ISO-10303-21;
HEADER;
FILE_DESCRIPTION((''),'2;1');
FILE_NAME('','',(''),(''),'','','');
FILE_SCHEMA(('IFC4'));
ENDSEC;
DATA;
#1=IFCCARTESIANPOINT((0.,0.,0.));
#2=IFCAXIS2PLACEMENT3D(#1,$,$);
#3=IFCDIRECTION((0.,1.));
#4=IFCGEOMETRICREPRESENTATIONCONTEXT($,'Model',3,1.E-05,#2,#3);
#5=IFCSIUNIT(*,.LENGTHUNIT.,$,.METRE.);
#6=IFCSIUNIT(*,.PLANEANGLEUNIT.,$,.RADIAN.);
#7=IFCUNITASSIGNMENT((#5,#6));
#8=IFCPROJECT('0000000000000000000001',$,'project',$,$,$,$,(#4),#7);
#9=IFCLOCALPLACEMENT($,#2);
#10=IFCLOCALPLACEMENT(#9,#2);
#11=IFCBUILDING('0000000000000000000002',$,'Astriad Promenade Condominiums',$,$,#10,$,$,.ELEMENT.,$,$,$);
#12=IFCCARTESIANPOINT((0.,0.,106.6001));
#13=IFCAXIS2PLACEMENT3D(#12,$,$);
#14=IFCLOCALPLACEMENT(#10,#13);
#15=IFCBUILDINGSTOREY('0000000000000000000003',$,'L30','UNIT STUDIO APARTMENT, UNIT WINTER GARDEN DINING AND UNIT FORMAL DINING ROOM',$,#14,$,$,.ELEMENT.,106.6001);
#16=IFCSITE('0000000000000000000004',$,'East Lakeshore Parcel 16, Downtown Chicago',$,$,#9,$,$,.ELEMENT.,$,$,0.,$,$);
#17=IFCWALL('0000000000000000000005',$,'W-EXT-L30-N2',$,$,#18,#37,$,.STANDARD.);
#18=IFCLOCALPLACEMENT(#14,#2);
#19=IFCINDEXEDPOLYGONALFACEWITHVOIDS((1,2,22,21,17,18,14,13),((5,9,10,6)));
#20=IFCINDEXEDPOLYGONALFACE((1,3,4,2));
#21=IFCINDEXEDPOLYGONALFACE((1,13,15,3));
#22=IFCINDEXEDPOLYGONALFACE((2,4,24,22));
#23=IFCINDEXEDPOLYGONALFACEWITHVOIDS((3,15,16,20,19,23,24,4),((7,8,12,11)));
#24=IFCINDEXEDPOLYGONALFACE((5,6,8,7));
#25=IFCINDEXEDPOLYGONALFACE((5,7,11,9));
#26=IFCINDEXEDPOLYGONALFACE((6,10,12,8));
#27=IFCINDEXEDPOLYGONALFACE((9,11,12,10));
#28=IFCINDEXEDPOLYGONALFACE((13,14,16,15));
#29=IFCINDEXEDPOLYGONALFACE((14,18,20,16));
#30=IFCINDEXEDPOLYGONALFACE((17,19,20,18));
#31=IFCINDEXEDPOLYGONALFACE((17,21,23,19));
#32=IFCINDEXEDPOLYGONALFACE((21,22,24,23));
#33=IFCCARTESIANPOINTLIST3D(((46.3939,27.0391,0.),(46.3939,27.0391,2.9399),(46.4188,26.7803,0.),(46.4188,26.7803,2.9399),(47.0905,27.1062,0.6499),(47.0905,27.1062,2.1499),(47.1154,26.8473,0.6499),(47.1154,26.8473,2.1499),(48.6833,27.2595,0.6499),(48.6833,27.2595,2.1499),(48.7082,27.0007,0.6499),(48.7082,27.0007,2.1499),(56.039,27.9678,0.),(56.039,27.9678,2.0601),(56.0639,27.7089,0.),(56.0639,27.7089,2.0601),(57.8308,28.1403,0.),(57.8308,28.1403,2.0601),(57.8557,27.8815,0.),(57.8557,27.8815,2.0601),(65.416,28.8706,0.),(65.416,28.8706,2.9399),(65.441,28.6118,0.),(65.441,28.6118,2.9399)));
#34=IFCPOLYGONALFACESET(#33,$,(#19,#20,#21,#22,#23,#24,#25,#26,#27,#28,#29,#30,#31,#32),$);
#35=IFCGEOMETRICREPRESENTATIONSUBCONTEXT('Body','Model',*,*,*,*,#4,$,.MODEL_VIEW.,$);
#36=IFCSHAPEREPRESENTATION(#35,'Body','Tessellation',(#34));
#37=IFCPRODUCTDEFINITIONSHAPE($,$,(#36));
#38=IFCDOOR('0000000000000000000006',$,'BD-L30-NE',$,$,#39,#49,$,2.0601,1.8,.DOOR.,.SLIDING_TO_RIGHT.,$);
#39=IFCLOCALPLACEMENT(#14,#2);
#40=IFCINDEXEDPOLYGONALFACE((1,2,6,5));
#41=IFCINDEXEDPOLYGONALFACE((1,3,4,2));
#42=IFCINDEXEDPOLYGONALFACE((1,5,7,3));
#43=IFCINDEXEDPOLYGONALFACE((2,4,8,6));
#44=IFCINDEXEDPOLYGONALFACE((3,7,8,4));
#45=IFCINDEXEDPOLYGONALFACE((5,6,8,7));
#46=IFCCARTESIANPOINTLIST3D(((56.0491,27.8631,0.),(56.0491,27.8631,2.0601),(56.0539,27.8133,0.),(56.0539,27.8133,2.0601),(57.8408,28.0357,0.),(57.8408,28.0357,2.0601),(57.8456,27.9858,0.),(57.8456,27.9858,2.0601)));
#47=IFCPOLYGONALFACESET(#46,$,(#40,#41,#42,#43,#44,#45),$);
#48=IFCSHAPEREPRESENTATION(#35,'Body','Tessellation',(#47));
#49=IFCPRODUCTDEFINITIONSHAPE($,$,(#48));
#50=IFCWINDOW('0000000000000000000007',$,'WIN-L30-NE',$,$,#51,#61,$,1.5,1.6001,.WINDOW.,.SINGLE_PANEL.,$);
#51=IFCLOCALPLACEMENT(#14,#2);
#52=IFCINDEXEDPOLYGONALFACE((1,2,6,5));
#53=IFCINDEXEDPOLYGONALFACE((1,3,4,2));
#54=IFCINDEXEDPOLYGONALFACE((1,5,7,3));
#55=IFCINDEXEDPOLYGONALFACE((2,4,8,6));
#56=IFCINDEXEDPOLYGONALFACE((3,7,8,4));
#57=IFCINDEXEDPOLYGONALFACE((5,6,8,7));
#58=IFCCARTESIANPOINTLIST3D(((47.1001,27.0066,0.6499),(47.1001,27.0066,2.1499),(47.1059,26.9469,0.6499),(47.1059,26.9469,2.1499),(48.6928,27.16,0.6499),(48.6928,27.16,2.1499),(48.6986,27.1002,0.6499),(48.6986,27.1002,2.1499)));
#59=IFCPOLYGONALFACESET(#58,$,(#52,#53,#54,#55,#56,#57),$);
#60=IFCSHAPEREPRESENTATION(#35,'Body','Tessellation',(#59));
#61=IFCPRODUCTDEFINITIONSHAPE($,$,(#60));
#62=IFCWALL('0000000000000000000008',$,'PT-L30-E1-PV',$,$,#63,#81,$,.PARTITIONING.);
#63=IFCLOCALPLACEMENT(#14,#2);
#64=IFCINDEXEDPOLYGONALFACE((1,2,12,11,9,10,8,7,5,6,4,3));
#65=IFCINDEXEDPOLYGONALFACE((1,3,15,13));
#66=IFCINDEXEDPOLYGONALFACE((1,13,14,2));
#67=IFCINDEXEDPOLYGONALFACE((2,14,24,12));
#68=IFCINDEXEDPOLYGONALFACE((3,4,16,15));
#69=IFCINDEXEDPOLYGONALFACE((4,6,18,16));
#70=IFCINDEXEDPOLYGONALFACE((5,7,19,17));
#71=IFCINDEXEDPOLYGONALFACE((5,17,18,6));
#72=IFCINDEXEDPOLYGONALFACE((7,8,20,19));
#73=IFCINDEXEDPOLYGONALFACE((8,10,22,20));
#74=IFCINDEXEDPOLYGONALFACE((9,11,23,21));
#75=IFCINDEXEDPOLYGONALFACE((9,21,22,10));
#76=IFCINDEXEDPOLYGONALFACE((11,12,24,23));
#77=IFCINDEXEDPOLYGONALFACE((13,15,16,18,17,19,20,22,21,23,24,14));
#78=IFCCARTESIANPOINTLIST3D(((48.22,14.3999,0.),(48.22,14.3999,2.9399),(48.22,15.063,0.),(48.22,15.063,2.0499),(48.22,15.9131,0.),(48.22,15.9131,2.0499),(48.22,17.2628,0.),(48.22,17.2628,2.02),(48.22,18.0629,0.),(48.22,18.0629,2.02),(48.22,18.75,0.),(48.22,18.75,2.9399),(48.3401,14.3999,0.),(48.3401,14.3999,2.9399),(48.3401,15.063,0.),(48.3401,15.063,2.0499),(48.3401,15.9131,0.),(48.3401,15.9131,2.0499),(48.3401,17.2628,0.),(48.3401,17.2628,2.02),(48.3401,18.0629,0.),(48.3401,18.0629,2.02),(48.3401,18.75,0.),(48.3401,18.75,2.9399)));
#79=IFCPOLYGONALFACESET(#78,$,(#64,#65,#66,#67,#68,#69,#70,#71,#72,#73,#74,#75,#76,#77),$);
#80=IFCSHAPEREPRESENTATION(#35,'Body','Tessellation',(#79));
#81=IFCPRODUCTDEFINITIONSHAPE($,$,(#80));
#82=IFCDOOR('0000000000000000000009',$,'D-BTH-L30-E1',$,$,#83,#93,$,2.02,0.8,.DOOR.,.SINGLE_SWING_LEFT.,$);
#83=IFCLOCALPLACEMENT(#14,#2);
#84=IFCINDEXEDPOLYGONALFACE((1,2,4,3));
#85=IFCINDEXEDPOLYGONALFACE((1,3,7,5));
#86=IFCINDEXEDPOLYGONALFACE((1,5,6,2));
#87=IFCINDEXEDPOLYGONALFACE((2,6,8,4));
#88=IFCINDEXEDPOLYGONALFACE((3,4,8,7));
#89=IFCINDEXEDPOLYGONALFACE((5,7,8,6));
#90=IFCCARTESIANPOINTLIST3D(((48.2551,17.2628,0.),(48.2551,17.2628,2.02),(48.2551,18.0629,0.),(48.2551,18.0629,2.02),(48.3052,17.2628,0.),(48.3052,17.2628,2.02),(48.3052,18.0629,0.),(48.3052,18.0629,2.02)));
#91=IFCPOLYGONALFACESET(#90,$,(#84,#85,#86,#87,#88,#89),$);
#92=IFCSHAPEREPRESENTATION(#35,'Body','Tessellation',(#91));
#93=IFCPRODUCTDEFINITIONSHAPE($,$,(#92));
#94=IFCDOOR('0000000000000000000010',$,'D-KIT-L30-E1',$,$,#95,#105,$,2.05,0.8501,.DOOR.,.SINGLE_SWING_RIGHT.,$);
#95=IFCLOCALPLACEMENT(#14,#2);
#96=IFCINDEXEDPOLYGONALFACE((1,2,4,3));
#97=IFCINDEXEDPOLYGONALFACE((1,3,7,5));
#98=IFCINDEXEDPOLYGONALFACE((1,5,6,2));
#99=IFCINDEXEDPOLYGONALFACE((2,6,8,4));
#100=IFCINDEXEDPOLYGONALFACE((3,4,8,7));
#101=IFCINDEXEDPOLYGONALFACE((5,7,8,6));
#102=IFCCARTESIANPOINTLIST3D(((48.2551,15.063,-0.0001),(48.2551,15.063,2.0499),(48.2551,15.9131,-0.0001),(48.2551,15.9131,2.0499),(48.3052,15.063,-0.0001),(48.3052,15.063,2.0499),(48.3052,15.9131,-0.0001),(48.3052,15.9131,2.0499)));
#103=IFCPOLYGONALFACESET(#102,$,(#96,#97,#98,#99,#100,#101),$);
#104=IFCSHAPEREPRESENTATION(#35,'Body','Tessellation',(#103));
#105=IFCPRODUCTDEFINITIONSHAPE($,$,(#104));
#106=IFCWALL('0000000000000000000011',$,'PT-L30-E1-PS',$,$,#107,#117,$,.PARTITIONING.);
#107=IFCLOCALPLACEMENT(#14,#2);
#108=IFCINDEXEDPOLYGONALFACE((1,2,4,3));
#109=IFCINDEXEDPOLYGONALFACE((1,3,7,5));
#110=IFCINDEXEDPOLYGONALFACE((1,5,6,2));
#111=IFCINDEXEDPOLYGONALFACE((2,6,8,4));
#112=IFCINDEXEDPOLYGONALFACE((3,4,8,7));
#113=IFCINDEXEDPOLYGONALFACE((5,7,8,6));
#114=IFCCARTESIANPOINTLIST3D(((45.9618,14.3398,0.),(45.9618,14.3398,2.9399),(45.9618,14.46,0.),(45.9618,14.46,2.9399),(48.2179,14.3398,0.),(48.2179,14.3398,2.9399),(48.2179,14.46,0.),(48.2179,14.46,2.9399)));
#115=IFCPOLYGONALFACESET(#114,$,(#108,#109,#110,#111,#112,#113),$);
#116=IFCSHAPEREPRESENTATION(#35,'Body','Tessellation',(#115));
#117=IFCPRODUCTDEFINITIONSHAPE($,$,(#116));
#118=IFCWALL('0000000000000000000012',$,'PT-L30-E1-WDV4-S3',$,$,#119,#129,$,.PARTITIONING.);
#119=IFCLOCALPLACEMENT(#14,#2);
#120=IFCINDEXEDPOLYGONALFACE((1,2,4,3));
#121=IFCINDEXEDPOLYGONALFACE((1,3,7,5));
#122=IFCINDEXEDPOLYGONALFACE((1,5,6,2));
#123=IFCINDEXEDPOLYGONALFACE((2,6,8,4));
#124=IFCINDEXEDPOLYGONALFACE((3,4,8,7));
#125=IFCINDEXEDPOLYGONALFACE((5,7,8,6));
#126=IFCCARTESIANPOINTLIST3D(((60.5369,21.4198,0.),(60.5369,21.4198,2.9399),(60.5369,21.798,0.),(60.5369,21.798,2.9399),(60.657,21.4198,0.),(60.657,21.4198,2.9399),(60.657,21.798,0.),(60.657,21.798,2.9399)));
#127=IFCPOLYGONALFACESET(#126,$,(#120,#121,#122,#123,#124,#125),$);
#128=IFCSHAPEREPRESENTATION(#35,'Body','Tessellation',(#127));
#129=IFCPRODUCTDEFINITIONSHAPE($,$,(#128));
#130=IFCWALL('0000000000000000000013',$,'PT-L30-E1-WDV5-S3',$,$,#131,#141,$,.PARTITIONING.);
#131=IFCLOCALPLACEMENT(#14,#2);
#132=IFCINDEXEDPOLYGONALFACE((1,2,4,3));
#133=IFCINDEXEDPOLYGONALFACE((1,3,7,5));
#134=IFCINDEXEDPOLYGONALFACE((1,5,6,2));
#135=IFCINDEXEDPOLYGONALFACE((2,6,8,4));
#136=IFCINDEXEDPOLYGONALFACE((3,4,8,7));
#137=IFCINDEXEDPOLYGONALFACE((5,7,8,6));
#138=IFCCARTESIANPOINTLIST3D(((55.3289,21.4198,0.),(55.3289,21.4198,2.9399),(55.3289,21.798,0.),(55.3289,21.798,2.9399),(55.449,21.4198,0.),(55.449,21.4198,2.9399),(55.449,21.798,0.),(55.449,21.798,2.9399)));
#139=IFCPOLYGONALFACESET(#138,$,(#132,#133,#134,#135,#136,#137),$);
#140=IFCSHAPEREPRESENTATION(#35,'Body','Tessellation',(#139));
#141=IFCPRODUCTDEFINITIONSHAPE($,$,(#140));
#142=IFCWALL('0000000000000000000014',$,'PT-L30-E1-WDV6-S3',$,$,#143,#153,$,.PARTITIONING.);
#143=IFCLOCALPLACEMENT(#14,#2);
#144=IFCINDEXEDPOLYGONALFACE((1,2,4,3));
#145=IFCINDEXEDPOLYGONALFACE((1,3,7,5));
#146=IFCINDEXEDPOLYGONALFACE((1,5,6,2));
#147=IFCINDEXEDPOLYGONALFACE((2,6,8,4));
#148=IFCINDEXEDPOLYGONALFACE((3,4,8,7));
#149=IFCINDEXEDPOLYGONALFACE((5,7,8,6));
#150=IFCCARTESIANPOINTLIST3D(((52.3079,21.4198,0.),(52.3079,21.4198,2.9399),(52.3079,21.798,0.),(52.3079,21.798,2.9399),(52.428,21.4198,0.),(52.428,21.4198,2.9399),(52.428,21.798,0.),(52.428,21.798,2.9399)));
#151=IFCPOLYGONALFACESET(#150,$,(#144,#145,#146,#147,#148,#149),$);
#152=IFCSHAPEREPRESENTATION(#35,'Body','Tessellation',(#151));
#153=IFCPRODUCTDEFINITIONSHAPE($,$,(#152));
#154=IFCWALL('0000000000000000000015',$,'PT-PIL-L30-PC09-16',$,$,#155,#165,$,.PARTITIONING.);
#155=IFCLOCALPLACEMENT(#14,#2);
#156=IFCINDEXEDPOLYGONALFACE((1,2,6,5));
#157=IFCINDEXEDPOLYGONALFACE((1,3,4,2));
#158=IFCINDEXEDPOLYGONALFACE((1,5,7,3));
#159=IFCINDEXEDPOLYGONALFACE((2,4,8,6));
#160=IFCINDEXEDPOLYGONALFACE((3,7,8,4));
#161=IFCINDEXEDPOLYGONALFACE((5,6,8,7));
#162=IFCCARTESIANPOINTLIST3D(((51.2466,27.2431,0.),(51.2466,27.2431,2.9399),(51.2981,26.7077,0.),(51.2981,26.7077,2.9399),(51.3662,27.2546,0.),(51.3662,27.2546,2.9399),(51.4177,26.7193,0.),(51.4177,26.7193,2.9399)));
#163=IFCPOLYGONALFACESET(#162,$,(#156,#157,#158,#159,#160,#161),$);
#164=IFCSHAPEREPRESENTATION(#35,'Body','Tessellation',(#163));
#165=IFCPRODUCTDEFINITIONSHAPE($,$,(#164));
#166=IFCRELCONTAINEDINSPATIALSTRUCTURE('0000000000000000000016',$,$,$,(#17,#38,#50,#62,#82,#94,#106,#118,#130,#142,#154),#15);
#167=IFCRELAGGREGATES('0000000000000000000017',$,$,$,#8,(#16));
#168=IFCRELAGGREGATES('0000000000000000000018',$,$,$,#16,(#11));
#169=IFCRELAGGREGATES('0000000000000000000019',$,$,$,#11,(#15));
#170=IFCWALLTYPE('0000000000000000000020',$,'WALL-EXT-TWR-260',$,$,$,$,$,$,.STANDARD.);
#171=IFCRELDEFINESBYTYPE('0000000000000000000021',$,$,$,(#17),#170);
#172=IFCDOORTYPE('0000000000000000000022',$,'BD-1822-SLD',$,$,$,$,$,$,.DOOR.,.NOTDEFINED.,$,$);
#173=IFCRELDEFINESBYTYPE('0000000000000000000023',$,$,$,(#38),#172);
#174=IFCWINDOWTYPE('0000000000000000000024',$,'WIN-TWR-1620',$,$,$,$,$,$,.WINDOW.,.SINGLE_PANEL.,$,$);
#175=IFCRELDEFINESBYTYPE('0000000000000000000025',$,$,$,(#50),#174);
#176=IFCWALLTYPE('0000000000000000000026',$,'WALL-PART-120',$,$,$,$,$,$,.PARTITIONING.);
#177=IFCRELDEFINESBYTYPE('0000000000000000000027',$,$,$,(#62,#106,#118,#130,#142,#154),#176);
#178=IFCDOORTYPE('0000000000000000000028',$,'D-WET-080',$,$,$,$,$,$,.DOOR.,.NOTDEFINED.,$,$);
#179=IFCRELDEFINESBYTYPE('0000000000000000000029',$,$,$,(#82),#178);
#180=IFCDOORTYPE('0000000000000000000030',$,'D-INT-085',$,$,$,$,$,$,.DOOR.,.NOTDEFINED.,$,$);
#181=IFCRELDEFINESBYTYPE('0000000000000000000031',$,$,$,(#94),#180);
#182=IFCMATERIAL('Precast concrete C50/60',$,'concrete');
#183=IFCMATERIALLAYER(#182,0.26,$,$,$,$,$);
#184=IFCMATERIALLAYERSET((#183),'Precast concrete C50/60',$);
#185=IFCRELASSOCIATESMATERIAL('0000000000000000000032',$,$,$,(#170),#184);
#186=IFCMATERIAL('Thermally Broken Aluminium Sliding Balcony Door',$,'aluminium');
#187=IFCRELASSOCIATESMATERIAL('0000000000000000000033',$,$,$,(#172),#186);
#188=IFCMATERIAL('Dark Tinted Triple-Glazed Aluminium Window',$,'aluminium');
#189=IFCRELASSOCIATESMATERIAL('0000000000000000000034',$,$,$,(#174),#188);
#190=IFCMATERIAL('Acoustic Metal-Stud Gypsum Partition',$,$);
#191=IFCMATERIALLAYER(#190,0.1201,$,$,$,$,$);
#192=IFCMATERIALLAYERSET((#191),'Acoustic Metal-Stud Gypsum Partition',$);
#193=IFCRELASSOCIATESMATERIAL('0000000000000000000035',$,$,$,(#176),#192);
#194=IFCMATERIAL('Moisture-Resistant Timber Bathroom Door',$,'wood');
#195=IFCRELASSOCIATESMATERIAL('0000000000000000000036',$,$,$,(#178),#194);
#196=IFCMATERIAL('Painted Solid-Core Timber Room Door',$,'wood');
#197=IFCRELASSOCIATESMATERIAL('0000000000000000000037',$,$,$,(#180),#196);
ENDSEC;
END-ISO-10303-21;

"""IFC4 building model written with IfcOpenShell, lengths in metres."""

from ifc_helpers import new_model, si_unit, direction, frame, frame_2d, origin, place, context, subcontext, project, spatial, rectangle, extrude, source, transform, mapped, material, layer, layer_set, type_object, type_shapes, element, fill, save


model = new_model("IFC4")

# Units and contexts
model_context = context("Model", 3, precision=1e-05, world=origin(), true_north=direction((0.0, 1.0)))
body_context = subcontext(model_context, "Body", "Model", "MODEL_VIEW")
ifc_project = project(units=[si_unit("LENGTHUNIT", "METRE"), si_unit("PLANEANGLEUNIT", "RADIAN")], contexts=[model_context])

# Site, building, storey
site_placement = place(None, origin())
site = spatial("IfcSite", under=ifc_project, at=site_placement, Name="East Lakeshore Parcel 16, Downtown Chicago", CompositionType="ELEMENT", RefElevation=0.0)
building_placement = place(site_placement, origin())
building = spatial("IfcBuilding", under=site, at=building_placement, Name="Astriad Promenade Condominiums", CompositionType="ELEMENT")
storey_placement = place(building_placement, frame((0.0, 0.0, 106.6001)))
storey = spatial("IfcBuildingStorey", under=building, at=storey_placement, Name="L30", Description="UNIT STUDIO APARTMENT, UNIT WINTER GARDEN DINING AND UNIT FORMAL DINING ROOM", CompositionType="ELEMENT", Elevation=106.6001)

# Wall, openings, door, window
ifc_material_1 = material(Name="Precast concrete C50/60", Category="concrete")
ifc_layer_1 = layer(ifc_material_1, 0.26)
ifc_layer_set_1 = layer_set([ifc_layer_1], Name="Precast concrete C50/60")
wall_type_1 = type_object("IfcWallType", Name="WALL-EXT-TWR-260", PredefinedType="STANDARD", material=ifc_layer_set_1)
wall_1_placement = place(storey_placement, frame((46.4062, 26.9097, 0.0), z_axis=(0.0, 0.0, 1.0), x_axis=(0.995397, 0.095841, 0.0)))
wall_1 = element("IfcWall", 1, at=wall_1_placement, inside=storey, type_object=wall_type_1, Name="W-EXT-L30-N2", PredefinedType="STANDARD", context=body_context, shape_type="SweptSolid", body=[
    extrude(rectangle(XDim=19.1101, YDim=0.26, at=frame_2d((9.5552, 0.0))), origin(), (0.0, 0.0, 1.0), 2.9399),
])
opening_1_placement = place(wall_1_placement, frame((9.6899, 0.0, 0.0)))
opening_1 = element("IfcOpeningElement", 2, at=opening_1_placement, cuts=wall_1, PredefinedType="OPENING", context=body_context, shape_type="SweptSolid", body=[
    extrude(rectangle(XDim=1.8, YDim=2.0601, at=frame_2d((0.8999, 1.03))), frame((0.0, 0.1399, 0.0), z_axis=(0.0, -1.0, 0.0), x_axis=(1.0, 0.0, 0.0)), (0.0, 0.0, 1.0), 0.28),
])
opening_2_placement = place(wall_1_placement, frame((0.7, 0.0, 0.6499)))
opening_2 = element("IfcOpeningElement", 3, at=opening_2_placement, cuts=wall_1, PredefinedType="OPENING", context=body_context, shape_type="SweptSolid", body=[
    extrude(rectangle(XDim=1.6001, YDim=1.5, at=frame_2d((0.8, 0.75))), frame((0.0, 0.1399, 0.0), z_axis=(0.0, -1.0, 0.0), x_axis=(1.0, 0.0, 0.0)), (0.0, 0.0, 1.0), 0.28),
])
ifc_material_2 = material(Name="Thermally Broken Aluminium Sliding Balcony Door", Category="aluminium")
door_type_1 = type_object("IfcDoorType", Name="BD-1822-SLD", OperationType="NOTDEFINED", PredefinedType="DOOR", material=ifc_material_2)
shared_shape_1 = source(origin(), body_context, "Body", "SweptSolid", [
    extrude(rectangle(XDim=1.8, YDim=2.0601, at=frame_2d((0.8999, 1.03))), frame((0.0, 0.0249, 0.0), z_axis=(0.0, -1.0, 0.0), x_axis=(1.0, 0.0, 0.0)), (0.0, 0.0, 1.0), 0.05),
])
type_shapes(door_type_1, [shared_shape_1])
door_1_placement = place(opening_1_placement, origin())
door_1 = element("IfcDoor", 4, at=door_1_placement, inside=storey, type_object=door_type_1, Name="BD-L30-NE", OperationType="SLIDING_TO_RIGHT", OverallHeight=2.0601, OverallWidth=1.8, PredefinedType="DOOR", context=body_context, shape_type="MappedRepresentation", body=[
    mapped(shared_shape_1, transform((0.0, 0.0, 0.0), scale=1.0)),
])
fill(opening_1, door_1)
ifc_material_3 = material(Name="Dark Tinted Triple-Glazed Aluminium Window", Category="aluminium")
window_type = type_object("IfcWindowType", Name="WIN-TWR-1620", PartitioningType="SINGLE_PANEL", PredefinedType="WINDOW", material=ifc_material_3)
shared_shape_2 = source(origin(), body_context, "Body", "SweptSolid", [
    extrude(rectangle(XDim=1.6001, YDim=1.5, at=frame_2d((0.8, 0.75))), frame((0.0, 0.03, 0.0), z_axis=(0.0, -1.0, 0.0), x_axis=(1.0, 0.0, 0.0)), (0.0, 0.0, 1.0), 0.0601),
])
type_shapes(window_type, [shared_shape_2])
window_placement = place(opening_2_placement, origin())
window = element("IfcWindow", 5, at=window_placement, inside=storey, type_object=window_type, Name="WIN-L30-NE", OverallHeight=1.5, OverallWidth=1.6001, PartitioningType="SINGLE_PANEL", PredefinedType="WINDOW", context=body_context, shape_type="MappedRepresentation", body=[
    mapped(shared_shape_2, transform((0.0, 0.0, 0.0), scale=1.0)),
])
fill(opening_2, window)

# Wall, openings, doors
ifc_material_4 = material(Name="Acoustic Metal-Stud Gypsum Partition")
ifc_layer_2 = layer(ifc_material_4, 0.1201)
ifc_layer_set_2 = layer_set([ifc_layer_2], Name="Acoustic Metal-Stud Gypsum Partition")
wall_type_2 = type_object("IfcWallType", Name="WALL-PART-120", PredefinedType="PARTITIONING", material=ifc_layer_set_2)
wall_2_placement = place(storey_placement, frame((48.28, 14.3999, 0.0), z_axis=(0.0, 0.0, 1.0), x_axis=(0.0, 1.0, 0.0)))
wall_2 = element("IfcWall", 6, at=wall_2_placement, inside=storey, type_object=wall_type_2, Name="PT-L30-E1-PV", PredefinedType="PARTITIONING", context=body_context, shape_type="SweptSolid", body=[
    extrude(rectangle(XDim=4.3501, YDim=0.1201, at=frame_2d((2.175, 0.0))), origin(), (0.0, 0.0, 1.0), 2.9399),
])
opening_3_placement = place(wall_2_placement, frame((0.6631, 0.0, 0.0)))
opening_3 = element("IfcOpeningElement", 7, at=opening_3_placement, cuts=wall_2, PredefinedType="OPENING", context=body_context, shape_type="SweptSolid", body=[
    extrude(rectangle(XDim=0.8501, YDim=2.05, at=frame_2d((0.425, 1.0249))), frame((0.0, 0.0701, 0.0), z_axis=(0.0, -1.0, 0.0), x_axis=(1.0, 0.0, 0.0)), (0.0, 0.0, 1.0), 0.1401),
])
opening_4_placement = place(wall_2_placement, frame((2.863, 0.0, 0.0)))
opening_4 = element("IfcOpeningElement", 8, at=opening_4_placement, cuts=wall_2, PredefinedType="OPENING", context=body_context, shape_type="SweptSolid", body=[
    extrude(rectangle(XDim=0.8, YDim=2.02, at=frame_2d((0.3999, 1.01))), frame((0.0, 0.0701, 0.0), z_axis=(0.0, -1.0, 0.0), x_axis=(1.0, 0.0, 0.0)), (0.0, 0.0, 1.0), 0.1401),
])
ifc_material_5 = material(Name="Moisture-Resistant Timber Bathroom Door", Category="wood")
door_type_2 = type_object("IfcDoorType", Name="D-WET-080", OperationType="NOTDEFINED", PredefinedType="DOOR", material=ifc_material_5)
shared_shape_3 = source(origin(), body_context, "Body", "SweptSolid", [
    extrude(rectangle(XDim=0.8, YDim=2.02, at=frame_2d((0.3999, 1.01))), frame((0.0, 0.0249, 0.0), z_axis=(0.0, -1.0, 0.0), x_axis=(1.0, 0.0, 0.0)), (0.0, 0.0, 1.0), 0.05),
])
type_shapes(door_type_2, [shared_shape_3])
door_2_placement = place(opening_4_placement, origin())
door_2 = element("IfcDoor", 9, at=door_2_placement, inside=storey, type_object=door_type_2, Name="D-BTH-L30-E1", OperationType="SINGLE_SWING_LEFT", OverallHeight=2.02, OverallWidth=0.8, PredefinedType="DOOR", context=body_context, shape_type="MappedRepresentation", body=[
    mapped(shared_shape_3, transform((0.0, 0.0, 0.0), scale=1.0)),
])
fill(opening_4, door_2)
ifc_material_6 = material(Name="Painted Solid-Core Timber Room Door", Category="wood")
door_type_3 = type_object("IfcDoorType", Name="D-INT-085", OperationType="NOTDEFINED", PredefinedType="DOOR", material=ifc_material_6)
shared_shape_4 = source(origin(), body_context, "Body", "SweptSolid", [
    extrude(rectangle(XDim=0.8501, YDim=2.05, at=frame_2d((0.425, 1.0249))), frame((0.0, 0.0249, 0.0), z_axis=(0.0, -1.0, 0.0), x_axis=(1.0, 0.0, 0.0)), (0.0, 0.0, 1.0), 0.05),
])
type_shapes(door_type_3, [shared_shape_4])
door_3_placement = place(opening_3_placement, origin())
door_3 = element("IfcDoor", 10, at=door_3_placement, inside=storey, type_object=door_type_3, Name="D-KIT-L30-E1", OperationType="SINGLE_SWING_RIGHT", OverallHeight=2.05, OverallWidth=0.8501, PredefinedType="DOOR", context=body_context, shape_type="MappedRepresentation", body=[
    mapped(shared_shape_4, transform((0.0, 0.0, 0.0), scale=1.0)),
])
fill(opening_3, door_3)

# Walls
wall_3_placement = place(storey_placement, frame((45.9619, 14.3999, 0.0), z_axis=(0.0, 0.0, 1.0), x_axis=(1.0, 0.0, 0.0)))
element("IfcWall", 11, at=wall_3_placement, inside=storey, type_object=wall_type_2, Name="PT-L30-E1-PS", PredefinedType="PARTITIONING", context=body_context, shape_type="SweptSolid", body=[
    extrude(rectangle(XDim=2.2561, YDim=0.1201, at=frame_2d((1.1279, 0.0))), origin(), (0.0, 0.0, 1.0), 2.9399),
])
for number, where, z_axis, x_axis, name in (
    (12, (60.5969, 21.4199, 0.0), (0.0, 0.0, 1.0), (0.0, 1.0, 0.0), "PT-L30-E1-WDV4-S3"),
    (13, (55.3889, 21.4199, 0.0), (0.0, 0.0, 1.0), (0.0, 1.0, 0.0), "PT-L30-E1-WDV5-S3"),
    (14, (52.3679, 21.4199, 0.0), (0.0, 0.0, 1.0), (0.0, 1.0, 0.0), "PT-L30-E1-WDV6-S3"),
):
    element("IfcWall", number, at=place(storey_placement, frame(where, z_axis=z_axis, x_axis=x_axis)), inside=storey, type_object=wall_type_2, Name=name, PredefinedType="PARTITIONING", context=body_context, shape_type="SweptSolid", body=[
        extrude(rectangle(XDim=0.3782, YDim=0.1201, at=frame_2d((0.189, 0.0))), origin(), (0.0, 0.0, 1.0), 2.9399),
    ])
wall_4_placement = place(storey_placement, frame((51.3579, 26.7134, 0.0), z_axis=(0.0, 0.0, 1.0), x_axis=(-0.095773, 0.995403, 0.0)))
element("IfcWall", 15, at=wall_4_placement, inside=storey, type_object=wall_type_2, Name="PT-PIL-L30-PC09-16", PredefinedType="PARTITIONING", context=body_context, shape_type="SweptSolid", body=[
    extrude(rectangle(XDim=0.5378, YDim=0.1201, at=frame_2d((0.269, 0.0))), origin(), (0.0, 0.0, 1.0), 2.9399),
])

save(model, "model.ifc")
